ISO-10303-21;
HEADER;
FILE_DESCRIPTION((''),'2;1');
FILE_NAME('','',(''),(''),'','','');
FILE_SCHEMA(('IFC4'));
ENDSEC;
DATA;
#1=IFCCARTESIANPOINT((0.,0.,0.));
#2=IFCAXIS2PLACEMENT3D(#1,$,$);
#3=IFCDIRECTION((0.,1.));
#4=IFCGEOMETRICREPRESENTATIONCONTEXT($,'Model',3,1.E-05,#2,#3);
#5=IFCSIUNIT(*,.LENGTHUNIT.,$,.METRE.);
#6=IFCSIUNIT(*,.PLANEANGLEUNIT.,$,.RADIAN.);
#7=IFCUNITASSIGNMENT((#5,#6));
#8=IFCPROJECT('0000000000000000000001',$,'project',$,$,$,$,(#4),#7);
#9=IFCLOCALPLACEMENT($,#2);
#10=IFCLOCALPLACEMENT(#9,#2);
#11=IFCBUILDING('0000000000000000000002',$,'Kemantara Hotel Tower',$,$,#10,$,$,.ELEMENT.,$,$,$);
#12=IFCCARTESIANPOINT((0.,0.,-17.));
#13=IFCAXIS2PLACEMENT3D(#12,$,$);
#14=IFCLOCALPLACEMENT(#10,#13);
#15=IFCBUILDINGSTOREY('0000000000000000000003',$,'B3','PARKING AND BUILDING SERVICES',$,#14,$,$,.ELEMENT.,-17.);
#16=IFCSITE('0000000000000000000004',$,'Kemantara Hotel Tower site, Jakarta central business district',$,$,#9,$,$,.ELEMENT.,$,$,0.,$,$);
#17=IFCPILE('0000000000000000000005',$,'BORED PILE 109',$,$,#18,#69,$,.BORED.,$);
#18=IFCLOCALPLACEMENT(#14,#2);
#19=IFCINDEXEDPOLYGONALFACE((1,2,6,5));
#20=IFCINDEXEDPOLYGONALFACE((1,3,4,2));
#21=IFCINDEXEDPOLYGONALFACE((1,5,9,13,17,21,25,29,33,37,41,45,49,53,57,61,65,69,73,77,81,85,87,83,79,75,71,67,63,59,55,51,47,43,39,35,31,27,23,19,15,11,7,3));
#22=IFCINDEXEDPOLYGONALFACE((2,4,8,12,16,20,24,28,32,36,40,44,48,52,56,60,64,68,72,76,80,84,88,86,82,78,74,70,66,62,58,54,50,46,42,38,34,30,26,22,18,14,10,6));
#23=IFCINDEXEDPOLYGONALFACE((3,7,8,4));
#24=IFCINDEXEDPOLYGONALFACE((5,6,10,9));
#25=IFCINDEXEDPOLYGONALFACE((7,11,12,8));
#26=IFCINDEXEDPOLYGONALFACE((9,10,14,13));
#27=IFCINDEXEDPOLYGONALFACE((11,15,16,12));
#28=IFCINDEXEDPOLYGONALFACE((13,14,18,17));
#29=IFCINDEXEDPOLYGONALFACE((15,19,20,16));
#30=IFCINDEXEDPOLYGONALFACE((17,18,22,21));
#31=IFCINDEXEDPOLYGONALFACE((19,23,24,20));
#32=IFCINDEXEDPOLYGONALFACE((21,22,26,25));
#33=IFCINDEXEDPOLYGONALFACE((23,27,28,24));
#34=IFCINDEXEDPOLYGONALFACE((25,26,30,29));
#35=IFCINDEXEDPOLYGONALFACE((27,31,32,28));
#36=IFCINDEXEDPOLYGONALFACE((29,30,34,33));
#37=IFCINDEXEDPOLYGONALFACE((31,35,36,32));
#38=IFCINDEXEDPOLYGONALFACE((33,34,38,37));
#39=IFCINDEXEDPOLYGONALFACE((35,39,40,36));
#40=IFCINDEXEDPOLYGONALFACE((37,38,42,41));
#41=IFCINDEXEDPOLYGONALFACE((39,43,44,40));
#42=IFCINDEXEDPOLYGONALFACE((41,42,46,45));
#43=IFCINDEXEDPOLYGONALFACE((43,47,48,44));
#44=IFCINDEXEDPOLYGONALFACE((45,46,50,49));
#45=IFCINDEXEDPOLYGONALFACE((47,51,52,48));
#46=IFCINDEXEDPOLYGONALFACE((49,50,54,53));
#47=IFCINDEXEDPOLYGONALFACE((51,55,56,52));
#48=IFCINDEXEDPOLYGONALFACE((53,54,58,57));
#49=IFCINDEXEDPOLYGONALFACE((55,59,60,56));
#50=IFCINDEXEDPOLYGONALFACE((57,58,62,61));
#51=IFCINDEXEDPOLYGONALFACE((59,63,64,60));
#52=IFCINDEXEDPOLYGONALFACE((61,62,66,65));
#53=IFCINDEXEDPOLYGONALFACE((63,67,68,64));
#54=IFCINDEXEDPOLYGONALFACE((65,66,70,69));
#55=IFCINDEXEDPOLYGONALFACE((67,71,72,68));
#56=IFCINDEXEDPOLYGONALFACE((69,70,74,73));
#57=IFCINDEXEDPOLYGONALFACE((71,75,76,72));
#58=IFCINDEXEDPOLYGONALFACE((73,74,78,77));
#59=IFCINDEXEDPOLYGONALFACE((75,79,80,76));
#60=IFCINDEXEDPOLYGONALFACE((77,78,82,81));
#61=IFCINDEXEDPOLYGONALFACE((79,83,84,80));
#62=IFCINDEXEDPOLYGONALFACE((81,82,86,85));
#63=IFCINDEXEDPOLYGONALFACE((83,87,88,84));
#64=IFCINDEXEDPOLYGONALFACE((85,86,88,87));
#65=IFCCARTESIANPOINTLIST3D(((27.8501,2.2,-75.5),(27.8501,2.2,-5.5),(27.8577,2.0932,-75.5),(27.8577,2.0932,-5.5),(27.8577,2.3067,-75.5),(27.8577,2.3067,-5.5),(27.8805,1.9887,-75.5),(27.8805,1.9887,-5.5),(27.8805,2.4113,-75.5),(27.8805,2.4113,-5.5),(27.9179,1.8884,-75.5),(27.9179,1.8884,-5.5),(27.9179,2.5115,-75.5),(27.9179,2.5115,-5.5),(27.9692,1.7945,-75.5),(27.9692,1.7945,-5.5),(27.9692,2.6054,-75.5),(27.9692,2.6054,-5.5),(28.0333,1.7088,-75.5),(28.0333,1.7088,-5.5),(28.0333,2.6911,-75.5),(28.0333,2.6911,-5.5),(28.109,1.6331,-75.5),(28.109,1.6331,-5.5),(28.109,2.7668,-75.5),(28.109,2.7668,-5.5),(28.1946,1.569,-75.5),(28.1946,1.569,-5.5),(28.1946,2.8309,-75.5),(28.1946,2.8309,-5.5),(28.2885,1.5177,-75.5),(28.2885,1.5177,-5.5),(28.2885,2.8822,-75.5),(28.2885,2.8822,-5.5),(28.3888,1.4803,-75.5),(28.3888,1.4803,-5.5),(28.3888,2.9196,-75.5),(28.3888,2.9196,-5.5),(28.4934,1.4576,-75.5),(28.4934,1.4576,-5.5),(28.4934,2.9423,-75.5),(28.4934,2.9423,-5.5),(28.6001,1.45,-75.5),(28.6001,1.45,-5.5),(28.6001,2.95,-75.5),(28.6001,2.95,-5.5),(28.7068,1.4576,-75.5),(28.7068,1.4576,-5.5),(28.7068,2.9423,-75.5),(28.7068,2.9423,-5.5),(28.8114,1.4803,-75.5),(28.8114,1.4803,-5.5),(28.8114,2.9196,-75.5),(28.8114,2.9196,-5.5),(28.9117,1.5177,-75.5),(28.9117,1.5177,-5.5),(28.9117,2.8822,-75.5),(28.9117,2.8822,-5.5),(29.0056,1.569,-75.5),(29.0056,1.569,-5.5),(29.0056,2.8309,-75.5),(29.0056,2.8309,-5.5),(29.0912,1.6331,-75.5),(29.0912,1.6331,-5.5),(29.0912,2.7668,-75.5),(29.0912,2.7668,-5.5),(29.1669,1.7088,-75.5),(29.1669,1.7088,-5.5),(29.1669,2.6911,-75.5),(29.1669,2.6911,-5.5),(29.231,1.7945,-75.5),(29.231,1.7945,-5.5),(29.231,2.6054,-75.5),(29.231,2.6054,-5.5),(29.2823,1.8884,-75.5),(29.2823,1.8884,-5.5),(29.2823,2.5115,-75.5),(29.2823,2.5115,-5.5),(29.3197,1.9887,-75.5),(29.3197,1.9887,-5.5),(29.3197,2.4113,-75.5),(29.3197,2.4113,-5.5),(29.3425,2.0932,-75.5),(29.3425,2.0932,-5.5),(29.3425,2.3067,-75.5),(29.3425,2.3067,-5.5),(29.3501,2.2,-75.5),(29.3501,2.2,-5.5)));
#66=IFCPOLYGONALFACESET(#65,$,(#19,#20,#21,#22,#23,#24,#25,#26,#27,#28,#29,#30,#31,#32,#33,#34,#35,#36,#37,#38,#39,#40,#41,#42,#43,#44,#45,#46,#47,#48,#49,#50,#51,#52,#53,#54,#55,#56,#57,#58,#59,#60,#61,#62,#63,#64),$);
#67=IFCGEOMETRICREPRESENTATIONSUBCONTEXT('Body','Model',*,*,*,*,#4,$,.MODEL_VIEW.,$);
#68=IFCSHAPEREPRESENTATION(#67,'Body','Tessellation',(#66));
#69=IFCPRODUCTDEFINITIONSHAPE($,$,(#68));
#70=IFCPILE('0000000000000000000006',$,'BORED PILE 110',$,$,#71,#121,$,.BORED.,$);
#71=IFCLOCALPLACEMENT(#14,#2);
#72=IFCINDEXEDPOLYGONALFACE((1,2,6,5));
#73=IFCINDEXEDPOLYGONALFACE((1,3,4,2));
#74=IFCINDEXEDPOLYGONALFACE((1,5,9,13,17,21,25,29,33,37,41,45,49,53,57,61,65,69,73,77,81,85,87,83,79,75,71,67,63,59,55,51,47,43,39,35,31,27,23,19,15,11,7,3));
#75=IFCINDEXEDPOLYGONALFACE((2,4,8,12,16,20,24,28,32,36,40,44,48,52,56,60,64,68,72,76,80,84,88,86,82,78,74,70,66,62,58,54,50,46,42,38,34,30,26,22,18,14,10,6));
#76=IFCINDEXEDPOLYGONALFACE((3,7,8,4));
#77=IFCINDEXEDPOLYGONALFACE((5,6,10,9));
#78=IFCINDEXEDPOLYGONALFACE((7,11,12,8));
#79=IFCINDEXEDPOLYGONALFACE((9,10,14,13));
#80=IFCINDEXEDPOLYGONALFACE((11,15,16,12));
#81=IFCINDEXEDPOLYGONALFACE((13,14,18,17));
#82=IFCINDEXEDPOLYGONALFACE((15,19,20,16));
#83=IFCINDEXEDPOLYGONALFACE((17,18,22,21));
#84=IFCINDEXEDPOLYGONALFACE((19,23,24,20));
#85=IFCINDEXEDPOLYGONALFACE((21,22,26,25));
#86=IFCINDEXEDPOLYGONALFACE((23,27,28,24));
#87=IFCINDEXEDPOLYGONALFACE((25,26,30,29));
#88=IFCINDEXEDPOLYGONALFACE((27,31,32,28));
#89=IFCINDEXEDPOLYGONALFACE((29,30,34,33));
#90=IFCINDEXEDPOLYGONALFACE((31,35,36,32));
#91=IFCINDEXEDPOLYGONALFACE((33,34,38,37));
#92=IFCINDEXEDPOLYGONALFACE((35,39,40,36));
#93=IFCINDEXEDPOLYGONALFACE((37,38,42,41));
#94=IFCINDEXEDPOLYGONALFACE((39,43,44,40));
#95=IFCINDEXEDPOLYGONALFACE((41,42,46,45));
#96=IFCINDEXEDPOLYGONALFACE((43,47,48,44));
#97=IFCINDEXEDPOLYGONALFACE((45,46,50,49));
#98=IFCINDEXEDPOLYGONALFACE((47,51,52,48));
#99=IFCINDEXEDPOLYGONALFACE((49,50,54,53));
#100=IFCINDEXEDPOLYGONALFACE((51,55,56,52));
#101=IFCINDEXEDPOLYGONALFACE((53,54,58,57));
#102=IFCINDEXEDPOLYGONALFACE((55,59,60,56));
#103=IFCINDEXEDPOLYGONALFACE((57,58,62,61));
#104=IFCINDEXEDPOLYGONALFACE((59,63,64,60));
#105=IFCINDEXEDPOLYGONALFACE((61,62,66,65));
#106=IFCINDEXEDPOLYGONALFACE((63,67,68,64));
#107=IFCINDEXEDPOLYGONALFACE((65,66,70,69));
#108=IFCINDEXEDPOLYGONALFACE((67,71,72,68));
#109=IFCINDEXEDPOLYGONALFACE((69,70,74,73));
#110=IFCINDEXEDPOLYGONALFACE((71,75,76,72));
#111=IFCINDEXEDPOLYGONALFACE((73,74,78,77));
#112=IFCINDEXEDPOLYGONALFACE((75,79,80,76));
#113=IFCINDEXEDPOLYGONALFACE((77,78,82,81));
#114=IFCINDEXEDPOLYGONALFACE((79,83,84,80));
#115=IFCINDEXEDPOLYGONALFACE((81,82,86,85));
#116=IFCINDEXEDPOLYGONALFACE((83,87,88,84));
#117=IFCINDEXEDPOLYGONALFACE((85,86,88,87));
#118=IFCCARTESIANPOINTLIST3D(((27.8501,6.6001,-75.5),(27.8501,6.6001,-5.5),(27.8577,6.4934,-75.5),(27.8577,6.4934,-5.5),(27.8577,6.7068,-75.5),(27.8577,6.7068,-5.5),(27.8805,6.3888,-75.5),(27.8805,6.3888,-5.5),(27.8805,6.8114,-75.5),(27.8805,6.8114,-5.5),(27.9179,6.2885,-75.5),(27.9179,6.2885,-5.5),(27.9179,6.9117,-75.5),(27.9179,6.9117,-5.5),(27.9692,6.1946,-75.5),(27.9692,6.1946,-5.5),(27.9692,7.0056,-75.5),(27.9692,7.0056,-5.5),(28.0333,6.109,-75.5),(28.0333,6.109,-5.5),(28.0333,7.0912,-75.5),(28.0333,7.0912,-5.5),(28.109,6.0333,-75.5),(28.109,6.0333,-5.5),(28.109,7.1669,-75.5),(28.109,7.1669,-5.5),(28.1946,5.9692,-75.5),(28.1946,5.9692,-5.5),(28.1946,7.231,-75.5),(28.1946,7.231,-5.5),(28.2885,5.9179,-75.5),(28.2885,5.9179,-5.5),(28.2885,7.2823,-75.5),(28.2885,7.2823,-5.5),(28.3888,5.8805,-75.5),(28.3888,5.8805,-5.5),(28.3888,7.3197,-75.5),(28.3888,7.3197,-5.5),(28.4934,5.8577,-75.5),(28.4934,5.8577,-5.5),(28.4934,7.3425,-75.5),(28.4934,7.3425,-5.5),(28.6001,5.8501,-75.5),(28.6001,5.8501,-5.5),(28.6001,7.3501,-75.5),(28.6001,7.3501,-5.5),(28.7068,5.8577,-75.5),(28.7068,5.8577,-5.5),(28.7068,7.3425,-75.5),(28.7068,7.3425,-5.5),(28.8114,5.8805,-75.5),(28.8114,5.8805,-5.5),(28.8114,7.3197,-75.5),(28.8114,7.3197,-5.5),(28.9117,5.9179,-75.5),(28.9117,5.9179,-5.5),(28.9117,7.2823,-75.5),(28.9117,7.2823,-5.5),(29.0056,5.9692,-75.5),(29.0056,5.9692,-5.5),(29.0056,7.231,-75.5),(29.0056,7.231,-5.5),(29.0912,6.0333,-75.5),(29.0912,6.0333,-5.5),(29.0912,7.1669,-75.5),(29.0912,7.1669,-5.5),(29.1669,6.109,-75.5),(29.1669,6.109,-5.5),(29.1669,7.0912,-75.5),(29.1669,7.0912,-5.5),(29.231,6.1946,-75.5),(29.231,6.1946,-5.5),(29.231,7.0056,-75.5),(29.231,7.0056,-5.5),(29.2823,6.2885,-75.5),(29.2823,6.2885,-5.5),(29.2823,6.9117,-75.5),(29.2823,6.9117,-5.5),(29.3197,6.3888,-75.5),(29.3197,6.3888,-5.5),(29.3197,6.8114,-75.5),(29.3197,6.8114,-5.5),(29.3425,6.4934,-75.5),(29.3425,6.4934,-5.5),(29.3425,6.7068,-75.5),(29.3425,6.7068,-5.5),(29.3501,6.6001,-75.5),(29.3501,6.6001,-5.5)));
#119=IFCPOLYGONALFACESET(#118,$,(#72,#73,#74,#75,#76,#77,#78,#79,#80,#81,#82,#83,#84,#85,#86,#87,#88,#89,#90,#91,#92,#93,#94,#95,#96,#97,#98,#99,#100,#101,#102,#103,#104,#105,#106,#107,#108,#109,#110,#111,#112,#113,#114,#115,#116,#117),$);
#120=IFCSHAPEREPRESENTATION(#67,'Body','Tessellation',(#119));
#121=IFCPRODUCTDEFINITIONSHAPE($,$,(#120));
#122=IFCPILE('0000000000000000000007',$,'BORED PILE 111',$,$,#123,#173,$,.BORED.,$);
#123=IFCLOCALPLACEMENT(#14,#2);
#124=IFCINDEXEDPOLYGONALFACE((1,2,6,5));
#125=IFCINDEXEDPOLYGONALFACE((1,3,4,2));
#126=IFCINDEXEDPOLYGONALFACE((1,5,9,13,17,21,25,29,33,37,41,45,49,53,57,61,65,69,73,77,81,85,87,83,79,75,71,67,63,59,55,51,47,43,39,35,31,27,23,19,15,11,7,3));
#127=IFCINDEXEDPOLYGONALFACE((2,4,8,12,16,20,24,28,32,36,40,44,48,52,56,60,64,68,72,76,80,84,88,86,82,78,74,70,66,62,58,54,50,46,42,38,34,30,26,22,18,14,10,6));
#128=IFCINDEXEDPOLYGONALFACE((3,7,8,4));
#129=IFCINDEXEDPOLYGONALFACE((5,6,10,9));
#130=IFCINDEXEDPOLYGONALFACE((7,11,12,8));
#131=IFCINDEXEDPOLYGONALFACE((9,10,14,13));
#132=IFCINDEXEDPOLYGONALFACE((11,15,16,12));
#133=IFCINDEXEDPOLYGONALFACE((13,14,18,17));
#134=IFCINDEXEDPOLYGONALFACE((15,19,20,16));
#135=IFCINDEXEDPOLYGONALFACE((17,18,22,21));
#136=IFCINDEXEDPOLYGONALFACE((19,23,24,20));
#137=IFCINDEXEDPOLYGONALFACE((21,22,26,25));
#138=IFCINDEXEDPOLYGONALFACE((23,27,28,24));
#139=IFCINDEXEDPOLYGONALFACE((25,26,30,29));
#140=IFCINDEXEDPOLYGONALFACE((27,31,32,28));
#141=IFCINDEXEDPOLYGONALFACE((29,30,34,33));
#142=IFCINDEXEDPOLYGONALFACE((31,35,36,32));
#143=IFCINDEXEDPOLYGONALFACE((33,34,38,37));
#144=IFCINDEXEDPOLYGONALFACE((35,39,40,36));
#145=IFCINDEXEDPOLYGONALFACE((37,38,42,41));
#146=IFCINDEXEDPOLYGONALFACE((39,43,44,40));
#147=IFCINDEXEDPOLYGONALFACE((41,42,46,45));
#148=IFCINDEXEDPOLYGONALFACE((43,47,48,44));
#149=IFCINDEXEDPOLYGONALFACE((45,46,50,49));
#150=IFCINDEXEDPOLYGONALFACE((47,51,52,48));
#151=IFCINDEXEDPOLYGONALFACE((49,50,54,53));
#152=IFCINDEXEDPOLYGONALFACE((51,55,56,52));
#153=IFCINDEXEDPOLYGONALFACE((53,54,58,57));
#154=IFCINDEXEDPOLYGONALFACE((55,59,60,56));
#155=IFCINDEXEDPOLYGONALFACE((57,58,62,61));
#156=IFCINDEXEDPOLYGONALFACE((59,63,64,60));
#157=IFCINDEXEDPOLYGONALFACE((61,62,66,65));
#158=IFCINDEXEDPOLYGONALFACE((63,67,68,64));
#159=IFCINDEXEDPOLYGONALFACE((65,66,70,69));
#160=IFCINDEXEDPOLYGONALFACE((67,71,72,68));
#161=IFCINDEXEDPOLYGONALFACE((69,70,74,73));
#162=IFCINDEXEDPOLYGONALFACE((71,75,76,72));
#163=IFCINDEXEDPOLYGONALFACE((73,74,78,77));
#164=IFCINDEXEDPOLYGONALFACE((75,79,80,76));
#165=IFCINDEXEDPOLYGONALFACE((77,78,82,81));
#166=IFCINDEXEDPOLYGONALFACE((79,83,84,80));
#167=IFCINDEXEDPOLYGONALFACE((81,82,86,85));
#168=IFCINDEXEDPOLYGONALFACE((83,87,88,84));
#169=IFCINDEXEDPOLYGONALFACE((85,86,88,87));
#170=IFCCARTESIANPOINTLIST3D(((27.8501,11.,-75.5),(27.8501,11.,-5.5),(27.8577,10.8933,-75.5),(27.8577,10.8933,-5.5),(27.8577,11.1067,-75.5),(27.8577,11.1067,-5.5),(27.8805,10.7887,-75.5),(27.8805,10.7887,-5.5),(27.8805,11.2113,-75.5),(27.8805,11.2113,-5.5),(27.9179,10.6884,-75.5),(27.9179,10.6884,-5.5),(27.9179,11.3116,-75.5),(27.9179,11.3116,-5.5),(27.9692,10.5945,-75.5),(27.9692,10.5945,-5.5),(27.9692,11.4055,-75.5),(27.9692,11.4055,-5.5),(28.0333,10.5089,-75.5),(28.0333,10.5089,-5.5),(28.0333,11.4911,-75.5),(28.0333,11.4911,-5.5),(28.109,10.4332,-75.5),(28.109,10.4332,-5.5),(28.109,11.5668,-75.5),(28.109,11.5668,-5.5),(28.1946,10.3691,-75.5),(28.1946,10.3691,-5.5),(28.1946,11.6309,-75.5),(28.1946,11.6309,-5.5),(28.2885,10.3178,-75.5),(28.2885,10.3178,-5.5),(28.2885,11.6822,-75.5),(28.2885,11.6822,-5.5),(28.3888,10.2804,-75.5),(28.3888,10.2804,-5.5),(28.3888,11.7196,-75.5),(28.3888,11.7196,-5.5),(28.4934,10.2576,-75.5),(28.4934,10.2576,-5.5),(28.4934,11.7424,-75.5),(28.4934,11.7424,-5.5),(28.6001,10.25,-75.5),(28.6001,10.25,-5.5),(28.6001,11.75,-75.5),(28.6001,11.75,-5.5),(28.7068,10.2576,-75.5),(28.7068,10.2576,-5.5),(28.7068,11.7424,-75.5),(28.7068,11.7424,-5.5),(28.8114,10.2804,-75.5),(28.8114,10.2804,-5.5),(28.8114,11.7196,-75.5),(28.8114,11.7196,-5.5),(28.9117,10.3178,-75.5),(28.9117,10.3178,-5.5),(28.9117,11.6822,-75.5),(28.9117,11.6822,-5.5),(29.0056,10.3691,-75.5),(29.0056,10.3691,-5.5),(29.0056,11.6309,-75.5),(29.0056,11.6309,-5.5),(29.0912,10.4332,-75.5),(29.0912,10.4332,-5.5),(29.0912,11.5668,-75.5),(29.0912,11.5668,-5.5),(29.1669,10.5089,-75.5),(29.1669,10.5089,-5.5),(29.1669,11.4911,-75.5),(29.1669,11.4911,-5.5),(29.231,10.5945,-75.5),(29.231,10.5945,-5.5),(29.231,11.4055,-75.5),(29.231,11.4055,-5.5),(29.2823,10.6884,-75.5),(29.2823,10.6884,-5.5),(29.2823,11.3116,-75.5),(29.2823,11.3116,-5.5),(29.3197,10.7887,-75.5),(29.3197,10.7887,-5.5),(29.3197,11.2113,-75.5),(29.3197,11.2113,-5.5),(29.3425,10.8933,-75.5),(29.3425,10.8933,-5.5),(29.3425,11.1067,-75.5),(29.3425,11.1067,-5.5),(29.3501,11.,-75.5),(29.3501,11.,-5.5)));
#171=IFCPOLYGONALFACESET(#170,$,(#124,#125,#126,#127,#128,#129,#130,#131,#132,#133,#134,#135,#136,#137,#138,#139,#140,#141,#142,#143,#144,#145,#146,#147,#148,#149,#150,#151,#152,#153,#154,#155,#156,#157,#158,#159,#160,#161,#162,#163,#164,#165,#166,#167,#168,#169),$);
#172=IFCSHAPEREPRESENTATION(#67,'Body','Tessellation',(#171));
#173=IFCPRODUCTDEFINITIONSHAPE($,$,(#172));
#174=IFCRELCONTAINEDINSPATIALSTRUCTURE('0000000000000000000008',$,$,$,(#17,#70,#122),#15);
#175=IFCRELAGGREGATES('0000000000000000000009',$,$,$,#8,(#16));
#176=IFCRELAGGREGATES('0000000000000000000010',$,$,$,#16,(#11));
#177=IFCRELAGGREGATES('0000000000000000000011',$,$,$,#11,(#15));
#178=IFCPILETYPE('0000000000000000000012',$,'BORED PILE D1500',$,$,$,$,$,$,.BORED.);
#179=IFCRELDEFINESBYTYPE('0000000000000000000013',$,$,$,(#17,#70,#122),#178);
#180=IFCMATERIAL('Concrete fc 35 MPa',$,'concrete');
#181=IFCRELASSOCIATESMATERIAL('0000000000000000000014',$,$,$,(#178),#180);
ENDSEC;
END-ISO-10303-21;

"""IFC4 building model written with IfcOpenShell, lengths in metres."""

from ifc_helpers import new_model, si_unit, direction, frame, origin, origin_2d, place, context, subcontext, project, spatial, circle, extrude, material, material_profile, profile_set, type_object, element, save


model = new_model("IFC4")

# Units and contexts
model_context = context("Model", 3, precision=1e-05, world=origin(), true_north=direction((0.0, 1.0)))
body_context = subcontext(model_context, "Body", "Model", "MODEL_VIEW")
ifc_project = project(units=[si_unit("LENGTHUNIT", "METRE"), si_unit("PLANEANGLEUNIT", "RADIAN")], contexts=[model_context])

# Site, building, storey
site_placement = place(None, origin())
site = spatial("IfcSite", under=ifc_project, at=site_placement, Name="Kemantara Hotel Tower site, Jakarta central business district", CompositionType="ELEMENT", RefElevation=0.0)
building_placement = place(site_placement, origin())
building = spatial("IfcBuilding", under=site, at=building_placement, Name="Kemantara Hotel Tower", CompositionType="ELEMENT")
storey_placement = place(building_placement, frame((0.0, 0.0, -17.0)))
storey = spatial("IfcBuildingStorey", under=building, at=storey_placement, Name="B3", Description="PARKING AND BUILDING SERVICES", CompositionType="ELEMENT", Elevation=-17.0)

# Piles
ifc_material_1 = material(Name="Concrete fc 35 MPa", Category="concrete")
ifc_material_profile_1 = material_profile(ifc_material_1, circle(Radius=0.75, at=origin_2d()), Name="BORED PILE D1500")
ifc_profile_set_1 = profile_set([ifc_material_profile_1], Name="Concrete fc 35 MPa")
pile_type = type_object("IfcPileType", Name="BORED PILE D1500", PredefinedType="BORED", material=ifc_profile_set_1)
for number, where, z_axis, x_axis, name in (
    (1, (28.6001, 2.2, -5.5), (0.0, 0.0, -1.0), (1.0, 0.0, 0.0), "BORED PILE 109"),
    (2, (28.6001, 6.6001, -5.5), (0.0, 0.0, -1.0), (1.0, 0.0, 0.0), "BORED PILE 110"),
    (3, (28.6001, 11.0, -5.5), (0.0, 0.0, -1.0), (1.0, 0.0, 0.0), "BORED PILE 111"),
):
    element("IfcPile", number, at=place(storey_placement, frame(where, z_axis=z_axis, x_axis=x_axis)), inside=storey, type_object=pile_type, Name=name, PredefinedType="BORED", context=body_context, shape_type="SweptSolid", body=[
        extrude(circle(Radius=0.75, at=origin_2d()), origin(), (0.0, 0.0, 1.0), 70.0),
    ])

save(model, "model.ifc")
